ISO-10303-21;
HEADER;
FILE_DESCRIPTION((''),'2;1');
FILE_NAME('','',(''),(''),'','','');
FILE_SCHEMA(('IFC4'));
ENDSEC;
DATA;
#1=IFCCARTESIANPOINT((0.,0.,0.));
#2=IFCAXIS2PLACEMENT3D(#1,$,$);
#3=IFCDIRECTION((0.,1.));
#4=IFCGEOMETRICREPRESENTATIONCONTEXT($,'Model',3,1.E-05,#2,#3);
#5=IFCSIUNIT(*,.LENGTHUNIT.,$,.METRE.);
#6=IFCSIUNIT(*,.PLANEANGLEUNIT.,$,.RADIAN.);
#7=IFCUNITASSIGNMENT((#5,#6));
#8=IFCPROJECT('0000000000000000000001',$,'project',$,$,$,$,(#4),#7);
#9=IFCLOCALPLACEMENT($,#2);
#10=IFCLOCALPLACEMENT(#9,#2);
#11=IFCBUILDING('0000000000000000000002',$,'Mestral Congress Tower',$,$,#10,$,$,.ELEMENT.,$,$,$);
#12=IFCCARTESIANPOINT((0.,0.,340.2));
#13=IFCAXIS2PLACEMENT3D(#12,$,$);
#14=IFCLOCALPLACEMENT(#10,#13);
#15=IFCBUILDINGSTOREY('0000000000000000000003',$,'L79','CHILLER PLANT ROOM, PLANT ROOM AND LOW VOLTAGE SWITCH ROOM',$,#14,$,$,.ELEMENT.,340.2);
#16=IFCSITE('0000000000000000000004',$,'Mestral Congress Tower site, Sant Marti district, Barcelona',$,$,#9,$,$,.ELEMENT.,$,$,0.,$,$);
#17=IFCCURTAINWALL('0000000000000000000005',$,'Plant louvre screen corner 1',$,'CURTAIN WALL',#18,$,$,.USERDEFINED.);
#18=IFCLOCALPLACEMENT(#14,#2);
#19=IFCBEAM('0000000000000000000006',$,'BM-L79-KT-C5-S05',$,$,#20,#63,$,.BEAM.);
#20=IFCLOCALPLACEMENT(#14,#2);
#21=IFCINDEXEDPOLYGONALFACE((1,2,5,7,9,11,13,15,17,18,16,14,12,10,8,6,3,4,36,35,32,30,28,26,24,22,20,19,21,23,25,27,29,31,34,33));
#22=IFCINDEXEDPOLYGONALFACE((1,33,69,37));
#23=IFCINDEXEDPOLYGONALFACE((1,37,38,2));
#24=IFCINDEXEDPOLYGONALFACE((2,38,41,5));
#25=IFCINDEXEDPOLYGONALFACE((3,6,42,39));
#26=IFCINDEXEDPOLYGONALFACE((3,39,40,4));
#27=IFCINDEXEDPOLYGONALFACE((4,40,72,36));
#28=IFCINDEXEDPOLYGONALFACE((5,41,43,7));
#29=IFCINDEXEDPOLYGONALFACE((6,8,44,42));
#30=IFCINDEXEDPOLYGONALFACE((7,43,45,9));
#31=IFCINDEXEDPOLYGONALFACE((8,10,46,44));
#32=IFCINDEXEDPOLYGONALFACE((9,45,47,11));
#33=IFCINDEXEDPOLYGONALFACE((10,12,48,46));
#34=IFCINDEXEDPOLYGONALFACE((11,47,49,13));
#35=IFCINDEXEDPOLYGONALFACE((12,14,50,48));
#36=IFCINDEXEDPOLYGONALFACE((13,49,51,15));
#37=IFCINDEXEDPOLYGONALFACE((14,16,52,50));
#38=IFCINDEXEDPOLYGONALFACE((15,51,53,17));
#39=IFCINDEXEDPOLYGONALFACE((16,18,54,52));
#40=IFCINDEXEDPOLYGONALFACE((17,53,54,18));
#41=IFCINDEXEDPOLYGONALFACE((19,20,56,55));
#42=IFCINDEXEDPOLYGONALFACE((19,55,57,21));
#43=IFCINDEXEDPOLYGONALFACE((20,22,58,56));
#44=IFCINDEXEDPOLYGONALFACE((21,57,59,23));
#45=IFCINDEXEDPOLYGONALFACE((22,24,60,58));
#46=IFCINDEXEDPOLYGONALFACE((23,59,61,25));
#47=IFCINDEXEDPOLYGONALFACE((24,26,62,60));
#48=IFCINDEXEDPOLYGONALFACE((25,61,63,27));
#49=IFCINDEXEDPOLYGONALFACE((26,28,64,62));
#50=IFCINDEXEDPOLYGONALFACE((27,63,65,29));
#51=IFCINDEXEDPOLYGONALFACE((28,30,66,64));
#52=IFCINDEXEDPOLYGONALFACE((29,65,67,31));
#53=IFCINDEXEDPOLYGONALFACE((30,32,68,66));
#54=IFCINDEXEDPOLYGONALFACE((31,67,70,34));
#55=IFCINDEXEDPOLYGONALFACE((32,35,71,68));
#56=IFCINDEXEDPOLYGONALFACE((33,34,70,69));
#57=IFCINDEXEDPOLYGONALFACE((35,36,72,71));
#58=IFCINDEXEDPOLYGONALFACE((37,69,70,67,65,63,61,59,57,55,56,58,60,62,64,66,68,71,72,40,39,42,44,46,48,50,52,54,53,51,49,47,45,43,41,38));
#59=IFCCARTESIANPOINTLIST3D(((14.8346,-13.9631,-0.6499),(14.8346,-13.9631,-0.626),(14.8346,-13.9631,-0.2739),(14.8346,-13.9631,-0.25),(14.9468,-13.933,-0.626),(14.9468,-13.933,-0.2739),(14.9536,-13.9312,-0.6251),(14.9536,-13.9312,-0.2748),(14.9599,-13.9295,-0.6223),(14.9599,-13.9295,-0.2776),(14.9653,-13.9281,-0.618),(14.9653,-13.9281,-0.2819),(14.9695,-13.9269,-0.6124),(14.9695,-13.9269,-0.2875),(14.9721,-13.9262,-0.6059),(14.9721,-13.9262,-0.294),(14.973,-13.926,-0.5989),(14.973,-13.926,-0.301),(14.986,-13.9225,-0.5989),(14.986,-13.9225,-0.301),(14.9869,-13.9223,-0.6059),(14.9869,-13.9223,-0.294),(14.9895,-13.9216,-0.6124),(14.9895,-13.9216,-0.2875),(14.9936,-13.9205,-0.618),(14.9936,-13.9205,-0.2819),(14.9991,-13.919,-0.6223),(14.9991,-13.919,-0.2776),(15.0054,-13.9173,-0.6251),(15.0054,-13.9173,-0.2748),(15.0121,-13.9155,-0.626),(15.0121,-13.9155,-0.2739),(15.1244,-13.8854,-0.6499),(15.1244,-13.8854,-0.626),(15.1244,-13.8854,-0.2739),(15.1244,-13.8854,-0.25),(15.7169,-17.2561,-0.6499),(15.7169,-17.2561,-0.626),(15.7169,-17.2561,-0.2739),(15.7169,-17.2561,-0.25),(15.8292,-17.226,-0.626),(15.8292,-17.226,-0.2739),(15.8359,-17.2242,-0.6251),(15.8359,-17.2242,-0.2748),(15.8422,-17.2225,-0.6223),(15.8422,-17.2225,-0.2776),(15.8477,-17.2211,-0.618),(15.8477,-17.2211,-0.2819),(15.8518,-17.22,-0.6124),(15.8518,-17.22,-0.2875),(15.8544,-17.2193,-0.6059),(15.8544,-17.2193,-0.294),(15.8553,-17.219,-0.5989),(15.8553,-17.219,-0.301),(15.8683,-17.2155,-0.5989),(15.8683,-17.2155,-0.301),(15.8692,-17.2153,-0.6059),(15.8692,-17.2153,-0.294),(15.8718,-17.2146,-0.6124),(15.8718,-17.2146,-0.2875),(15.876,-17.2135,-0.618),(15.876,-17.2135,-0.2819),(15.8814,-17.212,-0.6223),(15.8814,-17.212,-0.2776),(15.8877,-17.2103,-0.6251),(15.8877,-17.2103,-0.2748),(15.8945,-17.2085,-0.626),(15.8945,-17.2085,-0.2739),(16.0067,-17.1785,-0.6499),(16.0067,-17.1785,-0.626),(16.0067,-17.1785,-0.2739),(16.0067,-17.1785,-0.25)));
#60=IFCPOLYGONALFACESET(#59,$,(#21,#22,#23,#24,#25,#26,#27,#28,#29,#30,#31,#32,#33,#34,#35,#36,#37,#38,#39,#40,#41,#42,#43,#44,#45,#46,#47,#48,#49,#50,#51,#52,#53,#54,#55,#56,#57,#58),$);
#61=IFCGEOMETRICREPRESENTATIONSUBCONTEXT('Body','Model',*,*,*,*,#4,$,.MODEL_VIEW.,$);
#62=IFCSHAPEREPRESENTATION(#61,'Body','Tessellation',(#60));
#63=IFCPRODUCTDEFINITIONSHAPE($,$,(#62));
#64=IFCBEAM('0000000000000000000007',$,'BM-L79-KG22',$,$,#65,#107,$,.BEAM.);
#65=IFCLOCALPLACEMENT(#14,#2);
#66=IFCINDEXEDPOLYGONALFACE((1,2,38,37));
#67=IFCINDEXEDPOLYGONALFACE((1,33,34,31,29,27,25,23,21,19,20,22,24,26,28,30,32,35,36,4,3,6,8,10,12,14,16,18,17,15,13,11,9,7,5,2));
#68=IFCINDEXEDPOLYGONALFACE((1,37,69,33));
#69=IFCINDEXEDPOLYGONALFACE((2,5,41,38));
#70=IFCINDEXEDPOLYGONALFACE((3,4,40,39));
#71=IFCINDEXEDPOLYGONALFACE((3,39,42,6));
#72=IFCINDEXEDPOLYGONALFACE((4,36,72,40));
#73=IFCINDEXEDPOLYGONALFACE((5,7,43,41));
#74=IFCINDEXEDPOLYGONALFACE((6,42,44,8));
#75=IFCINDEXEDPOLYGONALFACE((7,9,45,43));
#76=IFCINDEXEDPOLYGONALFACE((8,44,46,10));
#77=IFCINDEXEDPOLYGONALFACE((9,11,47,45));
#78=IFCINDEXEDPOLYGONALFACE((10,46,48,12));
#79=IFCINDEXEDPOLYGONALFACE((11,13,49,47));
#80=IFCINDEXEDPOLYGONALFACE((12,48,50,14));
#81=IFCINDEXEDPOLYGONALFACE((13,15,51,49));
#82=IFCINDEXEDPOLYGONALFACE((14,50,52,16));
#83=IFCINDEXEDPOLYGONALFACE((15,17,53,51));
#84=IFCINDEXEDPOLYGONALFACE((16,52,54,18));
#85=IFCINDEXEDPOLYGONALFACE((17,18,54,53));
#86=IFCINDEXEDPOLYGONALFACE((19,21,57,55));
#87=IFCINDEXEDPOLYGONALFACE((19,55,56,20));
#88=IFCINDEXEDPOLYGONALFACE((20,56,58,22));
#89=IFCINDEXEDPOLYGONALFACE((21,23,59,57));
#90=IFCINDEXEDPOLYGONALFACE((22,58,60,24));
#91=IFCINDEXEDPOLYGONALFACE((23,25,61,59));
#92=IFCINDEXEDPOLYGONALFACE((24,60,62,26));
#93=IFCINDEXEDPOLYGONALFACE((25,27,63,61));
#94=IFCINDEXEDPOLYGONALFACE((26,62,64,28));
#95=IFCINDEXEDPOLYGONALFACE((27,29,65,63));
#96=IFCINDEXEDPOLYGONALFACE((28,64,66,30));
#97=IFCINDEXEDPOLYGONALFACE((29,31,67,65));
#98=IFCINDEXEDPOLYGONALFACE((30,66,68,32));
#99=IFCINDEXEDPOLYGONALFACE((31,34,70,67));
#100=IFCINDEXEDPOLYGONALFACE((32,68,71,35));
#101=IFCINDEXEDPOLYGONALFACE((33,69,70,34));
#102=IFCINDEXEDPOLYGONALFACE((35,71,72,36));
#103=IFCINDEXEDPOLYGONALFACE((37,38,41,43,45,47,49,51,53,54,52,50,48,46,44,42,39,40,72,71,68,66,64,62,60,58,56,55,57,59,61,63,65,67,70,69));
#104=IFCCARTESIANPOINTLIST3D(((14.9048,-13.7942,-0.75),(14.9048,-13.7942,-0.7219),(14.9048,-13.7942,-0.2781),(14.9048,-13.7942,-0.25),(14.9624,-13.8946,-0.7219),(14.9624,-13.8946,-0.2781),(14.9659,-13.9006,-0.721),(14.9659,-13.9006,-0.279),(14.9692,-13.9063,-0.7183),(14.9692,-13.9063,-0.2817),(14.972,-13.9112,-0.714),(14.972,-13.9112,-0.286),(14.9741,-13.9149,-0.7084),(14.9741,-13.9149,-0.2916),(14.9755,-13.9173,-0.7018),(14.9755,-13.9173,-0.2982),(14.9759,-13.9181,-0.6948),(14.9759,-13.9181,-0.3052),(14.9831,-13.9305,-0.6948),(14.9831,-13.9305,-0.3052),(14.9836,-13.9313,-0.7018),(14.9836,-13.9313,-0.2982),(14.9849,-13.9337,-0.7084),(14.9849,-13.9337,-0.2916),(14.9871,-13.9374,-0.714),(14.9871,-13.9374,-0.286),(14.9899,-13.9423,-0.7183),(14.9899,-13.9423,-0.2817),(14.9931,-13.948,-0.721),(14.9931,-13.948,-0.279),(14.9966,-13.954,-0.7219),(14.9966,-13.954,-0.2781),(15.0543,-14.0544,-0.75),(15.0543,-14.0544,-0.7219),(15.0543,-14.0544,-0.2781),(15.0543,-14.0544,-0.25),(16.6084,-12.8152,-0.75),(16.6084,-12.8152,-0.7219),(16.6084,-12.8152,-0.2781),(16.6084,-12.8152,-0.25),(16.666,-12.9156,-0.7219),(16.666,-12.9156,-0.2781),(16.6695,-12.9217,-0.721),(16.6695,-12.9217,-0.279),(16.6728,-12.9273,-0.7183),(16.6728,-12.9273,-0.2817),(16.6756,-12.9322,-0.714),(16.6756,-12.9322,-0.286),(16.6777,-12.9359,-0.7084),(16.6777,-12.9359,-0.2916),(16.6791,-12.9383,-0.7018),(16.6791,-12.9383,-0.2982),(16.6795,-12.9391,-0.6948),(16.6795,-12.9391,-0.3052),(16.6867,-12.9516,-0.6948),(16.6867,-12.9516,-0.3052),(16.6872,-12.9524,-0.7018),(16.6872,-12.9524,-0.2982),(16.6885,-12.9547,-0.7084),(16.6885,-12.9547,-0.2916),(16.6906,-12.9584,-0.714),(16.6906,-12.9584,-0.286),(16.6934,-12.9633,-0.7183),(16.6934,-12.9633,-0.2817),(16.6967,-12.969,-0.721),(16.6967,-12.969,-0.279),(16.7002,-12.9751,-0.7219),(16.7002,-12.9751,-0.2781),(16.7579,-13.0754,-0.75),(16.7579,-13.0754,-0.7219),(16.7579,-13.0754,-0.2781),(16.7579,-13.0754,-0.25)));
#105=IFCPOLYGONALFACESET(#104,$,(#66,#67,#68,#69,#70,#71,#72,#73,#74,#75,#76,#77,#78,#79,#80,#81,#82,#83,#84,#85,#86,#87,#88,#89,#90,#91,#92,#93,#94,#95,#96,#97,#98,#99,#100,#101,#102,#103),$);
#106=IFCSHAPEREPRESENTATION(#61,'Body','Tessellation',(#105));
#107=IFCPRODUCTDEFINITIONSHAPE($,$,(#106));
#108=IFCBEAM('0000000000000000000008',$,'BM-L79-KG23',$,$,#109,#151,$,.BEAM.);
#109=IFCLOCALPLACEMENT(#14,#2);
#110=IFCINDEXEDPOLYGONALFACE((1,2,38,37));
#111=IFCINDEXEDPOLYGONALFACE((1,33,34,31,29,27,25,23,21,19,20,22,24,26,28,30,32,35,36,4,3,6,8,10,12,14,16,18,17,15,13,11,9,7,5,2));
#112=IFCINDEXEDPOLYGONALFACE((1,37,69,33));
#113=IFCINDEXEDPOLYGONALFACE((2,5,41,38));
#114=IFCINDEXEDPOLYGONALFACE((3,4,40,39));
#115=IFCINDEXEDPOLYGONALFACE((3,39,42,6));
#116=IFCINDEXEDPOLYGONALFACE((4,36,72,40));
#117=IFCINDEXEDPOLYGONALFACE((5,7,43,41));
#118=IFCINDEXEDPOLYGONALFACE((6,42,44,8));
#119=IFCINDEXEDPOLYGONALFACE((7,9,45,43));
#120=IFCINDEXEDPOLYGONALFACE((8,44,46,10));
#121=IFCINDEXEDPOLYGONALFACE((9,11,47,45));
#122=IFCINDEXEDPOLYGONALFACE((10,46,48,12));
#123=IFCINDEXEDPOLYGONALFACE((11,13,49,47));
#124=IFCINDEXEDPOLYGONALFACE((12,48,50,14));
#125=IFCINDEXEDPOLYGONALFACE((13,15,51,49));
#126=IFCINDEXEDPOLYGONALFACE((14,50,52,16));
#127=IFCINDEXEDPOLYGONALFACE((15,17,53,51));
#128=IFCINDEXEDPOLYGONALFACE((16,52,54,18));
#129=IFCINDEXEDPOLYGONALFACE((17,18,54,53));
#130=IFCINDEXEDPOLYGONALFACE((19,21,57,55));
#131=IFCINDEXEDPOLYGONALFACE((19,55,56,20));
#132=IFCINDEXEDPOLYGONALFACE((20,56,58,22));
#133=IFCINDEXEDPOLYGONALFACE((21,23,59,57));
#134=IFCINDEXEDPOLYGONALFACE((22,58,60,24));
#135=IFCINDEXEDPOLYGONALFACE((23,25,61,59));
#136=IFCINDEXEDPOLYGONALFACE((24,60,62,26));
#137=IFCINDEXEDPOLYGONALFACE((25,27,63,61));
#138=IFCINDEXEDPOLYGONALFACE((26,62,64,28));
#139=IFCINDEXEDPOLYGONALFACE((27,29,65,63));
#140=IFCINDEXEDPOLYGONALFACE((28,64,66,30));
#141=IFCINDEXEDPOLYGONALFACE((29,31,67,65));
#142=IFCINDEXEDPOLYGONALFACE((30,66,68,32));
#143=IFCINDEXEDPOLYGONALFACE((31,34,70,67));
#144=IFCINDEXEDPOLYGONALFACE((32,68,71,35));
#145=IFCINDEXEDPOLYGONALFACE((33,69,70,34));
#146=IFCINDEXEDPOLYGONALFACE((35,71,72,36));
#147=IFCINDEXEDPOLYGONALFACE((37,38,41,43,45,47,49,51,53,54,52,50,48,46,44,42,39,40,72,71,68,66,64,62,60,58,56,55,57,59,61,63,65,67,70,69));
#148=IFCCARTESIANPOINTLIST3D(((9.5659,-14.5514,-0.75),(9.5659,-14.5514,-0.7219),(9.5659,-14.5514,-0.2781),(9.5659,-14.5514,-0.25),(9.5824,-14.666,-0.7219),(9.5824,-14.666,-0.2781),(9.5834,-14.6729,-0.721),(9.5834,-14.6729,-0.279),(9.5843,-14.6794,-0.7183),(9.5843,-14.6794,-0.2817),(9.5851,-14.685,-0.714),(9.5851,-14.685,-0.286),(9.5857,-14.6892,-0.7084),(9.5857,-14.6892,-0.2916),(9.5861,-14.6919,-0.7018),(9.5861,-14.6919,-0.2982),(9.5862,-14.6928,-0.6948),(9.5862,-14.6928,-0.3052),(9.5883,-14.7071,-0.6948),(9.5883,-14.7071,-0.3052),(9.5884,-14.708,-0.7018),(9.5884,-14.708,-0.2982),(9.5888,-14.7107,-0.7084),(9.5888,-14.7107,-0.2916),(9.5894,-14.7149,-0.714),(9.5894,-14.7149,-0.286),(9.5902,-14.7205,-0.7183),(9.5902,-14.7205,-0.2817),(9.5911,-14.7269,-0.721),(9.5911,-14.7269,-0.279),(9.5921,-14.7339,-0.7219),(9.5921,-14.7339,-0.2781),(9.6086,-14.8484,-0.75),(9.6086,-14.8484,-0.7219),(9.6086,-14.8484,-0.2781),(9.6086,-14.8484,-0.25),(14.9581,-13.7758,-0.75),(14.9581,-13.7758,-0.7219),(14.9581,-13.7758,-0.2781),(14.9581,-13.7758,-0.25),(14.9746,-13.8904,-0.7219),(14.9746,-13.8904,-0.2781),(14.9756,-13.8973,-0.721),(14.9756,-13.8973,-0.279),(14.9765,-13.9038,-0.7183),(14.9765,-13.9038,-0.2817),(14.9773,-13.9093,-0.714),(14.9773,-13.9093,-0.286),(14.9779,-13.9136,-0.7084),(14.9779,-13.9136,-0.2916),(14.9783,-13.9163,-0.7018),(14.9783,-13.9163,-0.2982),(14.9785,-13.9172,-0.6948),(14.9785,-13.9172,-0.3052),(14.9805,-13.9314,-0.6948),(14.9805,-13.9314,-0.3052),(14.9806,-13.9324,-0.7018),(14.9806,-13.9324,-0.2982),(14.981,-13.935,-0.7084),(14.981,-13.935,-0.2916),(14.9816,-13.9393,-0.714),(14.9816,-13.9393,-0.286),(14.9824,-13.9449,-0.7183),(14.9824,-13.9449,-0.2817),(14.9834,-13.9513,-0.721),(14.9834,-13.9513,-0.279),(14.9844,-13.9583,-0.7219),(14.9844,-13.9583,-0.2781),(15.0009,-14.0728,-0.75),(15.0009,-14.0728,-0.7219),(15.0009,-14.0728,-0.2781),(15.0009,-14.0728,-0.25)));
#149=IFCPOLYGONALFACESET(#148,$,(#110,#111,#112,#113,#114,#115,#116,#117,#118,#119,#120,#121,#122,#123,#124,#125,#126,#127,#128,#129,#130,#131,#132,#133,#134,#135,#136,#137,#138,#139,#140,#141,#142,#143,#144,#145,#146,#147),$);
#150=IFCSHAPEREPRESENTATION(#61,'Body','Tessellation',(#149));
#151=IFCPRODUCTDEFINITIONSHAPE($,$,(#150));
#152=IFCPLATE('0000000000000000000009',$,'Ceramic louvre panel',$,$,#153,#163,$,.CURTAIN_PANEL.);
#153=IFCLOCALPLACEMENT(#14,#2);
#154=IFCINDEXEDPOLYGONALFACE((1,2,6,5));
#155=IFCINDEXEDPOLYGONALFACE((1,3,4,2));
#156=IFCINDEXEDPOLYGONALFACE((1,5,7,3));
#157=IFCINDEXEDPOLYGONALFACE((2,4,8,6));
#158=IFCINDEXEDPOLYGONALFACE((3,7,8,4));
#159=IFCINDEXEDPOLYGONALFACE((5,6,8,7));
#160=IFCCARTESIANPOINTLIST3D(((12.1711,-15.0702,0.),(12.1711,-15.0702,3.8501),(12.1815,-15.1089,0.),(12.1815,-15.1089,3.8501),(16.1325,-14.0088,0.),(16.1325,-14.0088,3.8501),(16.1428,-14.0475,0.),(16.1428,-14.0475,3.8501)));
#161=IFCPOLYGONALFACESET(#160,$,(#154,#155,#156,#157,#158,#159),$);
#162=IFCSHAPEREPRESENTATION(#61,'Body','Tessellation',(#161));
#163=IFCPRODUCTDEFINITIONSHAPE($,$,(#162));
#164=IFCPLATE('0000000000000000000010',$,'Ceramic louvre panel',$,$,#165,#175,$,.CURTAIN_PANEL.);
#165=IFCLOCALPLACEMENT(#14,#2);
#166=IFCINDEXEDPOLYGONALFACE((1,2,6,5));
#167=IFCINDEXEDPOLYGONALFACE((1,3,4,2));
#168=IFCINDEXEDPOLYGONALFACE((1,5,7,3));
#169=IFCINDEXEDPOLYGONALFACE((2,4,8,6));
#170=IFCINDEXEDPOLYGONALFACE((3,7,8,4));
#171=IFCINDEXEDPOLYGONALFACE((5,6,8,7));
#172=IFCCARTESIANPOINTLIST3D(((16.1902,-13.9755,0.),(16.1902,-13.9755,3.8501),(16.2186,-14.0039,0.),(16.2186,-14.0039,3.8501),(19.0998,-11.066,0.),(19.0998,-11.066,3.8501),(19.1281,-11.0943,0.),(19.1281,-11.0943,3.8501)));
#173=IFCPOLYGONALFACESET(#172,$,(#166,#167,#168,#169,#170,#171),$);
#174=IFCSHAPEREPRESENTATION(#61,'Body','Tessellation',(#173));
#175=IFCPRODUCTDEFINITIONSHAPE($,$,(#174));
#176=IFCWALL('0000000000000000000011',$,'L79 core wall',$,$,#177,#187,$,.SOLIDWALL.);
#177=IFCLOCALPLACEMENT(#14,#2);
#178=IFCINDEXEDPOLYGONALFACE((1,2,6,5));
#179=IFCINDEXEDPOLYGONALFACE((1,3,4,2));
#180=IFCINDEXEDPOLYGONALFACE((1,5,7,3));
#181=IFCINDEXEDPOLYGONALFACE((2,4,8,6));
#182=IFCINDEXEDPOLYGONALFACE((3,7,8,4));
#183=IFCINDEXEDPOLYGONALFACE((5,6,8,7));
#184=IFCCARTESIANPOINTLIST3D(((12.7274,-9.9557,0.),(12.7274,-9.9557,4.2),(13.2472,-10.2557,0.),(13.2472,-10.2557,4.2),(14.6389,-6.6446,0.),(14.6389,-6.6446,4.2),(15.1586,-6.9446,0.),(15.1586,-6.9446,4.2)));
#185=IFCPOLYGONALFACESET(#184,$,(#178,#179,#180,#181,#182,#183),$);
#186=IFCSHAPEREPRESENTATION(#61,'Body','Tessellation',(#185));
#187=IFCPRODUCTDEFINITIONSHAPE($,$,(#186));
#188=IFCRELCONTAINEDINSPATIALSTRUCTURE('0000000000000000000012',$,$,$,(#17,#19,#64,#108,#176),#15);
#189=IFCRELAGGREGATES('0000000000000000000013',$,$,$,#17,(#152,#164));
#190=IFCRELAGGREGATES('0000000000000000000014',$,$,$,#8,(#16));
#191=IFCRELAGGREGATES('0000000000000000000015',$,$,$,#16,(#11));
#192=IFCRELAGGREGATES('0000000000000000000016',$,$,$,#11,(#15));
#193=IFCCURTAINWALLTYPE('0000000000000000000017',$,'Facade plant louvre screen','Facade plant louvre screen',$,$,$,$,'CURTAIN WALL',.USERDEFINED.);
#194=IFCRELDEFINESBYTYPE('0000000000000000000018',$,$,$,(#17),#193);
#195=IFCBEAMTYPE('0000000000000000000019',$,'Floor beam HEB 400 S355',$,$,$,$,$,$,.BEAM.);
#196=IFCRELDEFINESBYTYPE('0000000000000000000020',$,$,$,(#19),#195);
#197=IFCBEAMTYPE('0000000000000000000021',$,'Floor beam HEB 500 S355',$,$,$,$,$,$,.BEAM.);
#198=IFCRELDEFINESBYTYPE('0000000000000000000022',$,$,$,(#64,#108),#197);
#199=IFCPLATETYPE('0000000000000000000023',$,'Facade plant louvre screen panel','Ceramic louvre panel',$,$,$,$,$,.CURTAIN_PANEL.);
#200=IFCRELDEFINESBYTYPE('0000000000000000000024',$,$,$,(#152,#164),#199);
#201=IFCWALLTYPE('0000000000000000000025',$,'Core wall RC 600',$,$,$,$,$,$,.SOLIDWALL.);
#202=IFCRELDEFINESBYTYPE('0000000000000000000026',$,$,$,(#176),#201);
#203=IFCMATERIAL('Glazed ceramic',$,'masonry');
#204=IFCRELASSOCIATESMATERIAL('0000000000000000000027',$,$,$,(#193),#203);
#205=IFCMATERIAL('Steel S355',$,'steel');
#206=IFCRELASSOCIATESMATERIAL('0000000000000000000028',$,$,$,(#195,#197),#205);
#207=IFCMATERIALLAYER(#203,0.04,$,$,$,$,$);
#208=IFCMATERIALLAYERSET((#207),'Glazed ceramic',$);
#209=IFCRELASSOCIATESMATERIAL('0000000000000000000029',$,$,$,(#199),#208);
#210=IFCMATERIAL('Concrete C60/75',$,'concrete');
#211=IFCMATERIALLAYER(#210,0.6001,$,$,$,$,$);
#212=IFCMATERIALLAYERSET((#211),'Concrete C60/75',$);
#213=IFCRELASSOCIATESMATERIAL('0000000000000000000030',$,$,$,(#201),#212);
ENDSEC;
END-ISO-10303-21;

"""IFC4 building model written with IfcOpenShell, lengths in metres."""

from ifc_helpers import new_model, si_unit, direction, frame, frame_2d, origin, origin_2d, place, context, subcontext, project, spatial, rectangle, i_section, extrude, material, layer, layer_set, material_profile, profile_set, type_object, element, aggregate, save


model = new_model("IFC4")

# Units and contexts
model_context = context("Model", 3, precision=1e-05, world=origin(), true_north=direction((0.0, 1.0)))
body_context = subcontext(model_context, "Body", "Model", "MODEL_VIEW")
ifc_project = project(units=[si_unit("LENGTHUNIT", "METRE"), si_unit("PLANEANGLEUNIT", "RADIAN")], contexts=[model_context])

# Site, building, storey
site_placement = place(None, origin())
site = spatial("IfcSite", under=ifc_project, at=site_placement, Name="Mestral Congress Tower site, Sant Marti district, Barcelona", CompositionType="ELEMENT", RefElevation=0.0)
building_placement = place(site_placement, origin())
building = spatial("IfcBuilding", under=site, at=building_placement, Name="Mestral Congress Tower", CompositionType="ELEMENT")
storey_placement = place(building_placement, frame((0.0, 0.0, 340.2)))
storey = spatial("IfcBuildingStorey", under=building, at=storey_placement, Name="L79", Description="CHILLER PLANT ROOM, PLANT ROOM AND LOW VOLTAGE SWITCH ROOM", CompositionType="ELEMENT", Elevation=340.2)

# Shared definitions
ifc_material_1 = material(Name="Steel S355", Category="steel")
ifc_material_2 = material(Name="Concrete C60/75", Category="concrete")

# Curtain wall
ifc_material_3 = material(Name="Glazed ceramic", Category="masonry")
curtain_wall_type = type_object("IfcCurtainWallType", Name="Facade plant louvre screen", Description="Facade plant louvre screen", ElementType="CURTAIN WALL", PredefinedType="USERDEFINED", material=ifc_material_3)
curtain_wall_placement = place(storey_placement, origin())
curtain_wall = element("IfcCurtainWall", 1, at=curtain_wall_placement, inside=storey, type_object=curtain_wall_type, Name="Plant louvre screen corner 1", ObjectType="CURTAIN WALL", PredefinedType="USERDEFINED")

# Beams
ifc_material_profile_1 = material_profile(ifc_material_1, i_section(OverallWidth=0.3, OverallDepth=0.3999, WebThickness=0.0134, FlangeThickness=0.0239, FilletRadius=0.0271, at=origin_2d()), Name="HEB 400")
ifc_profile_set_1 = profile_set([ifc_material_profile_1], Name="Steel S355")
beam_type_1 = type_object("IfcBeamType", Name="Floor beam HEB 400 S355", PredefinedType="BEAM", material=ifc_profile_set_1)
beam_1_placement = place(storey_placement, frame((15.8618, -17.2173, -0.45), z_axis=(-0.258812, 0.965928, 0.0), x_axis=(-0.965928, -0.258812, 0.0)))
element("IfcBeam", 2, at=beam_1_placement, inside=storey, type_object=beam_type_1, Name="BM-L79-KT-C5-S05", PredefinedType="BEAM", context=body_context, shape_type="SweptSolid", body=[
    extrude(i_section(OverallWidth=0.3, OverallDepth=0.3999, WebThickness=0.0134, FlangeThickness=0.0239, FilletRadius=0.0271, at=origin_2d()), origin(), (0.0, 0.0, 1.0), 3.4092),
])
ifc_material_profile_2 = material_profile(ifc_material_1, i_section(OverallWidth=0.3, OverallDepth=0.5, WebThickness=0.0144, FlangeThickness=0.0281, FilletRadius=0.0271, at=origin_2d()), Name="HEB 500")
ifc_profile_set_2 = profile_set([ifc_material_profile_2], Name="Steel S355")
beam_type_2 = type_object("IfcBeamType", Name="Floor beam HEB 500 S355", PredefinedType="BEAM", material=ifc_profile_set_2)
beam_2_placement = place(storey_placement, frame((16.6831, -12.9453, -0.5), z_axis=(-0.867032, -0.498252, 0.0), x_axis=(0.498252, -0.867032, 0.0)))
element("IfcBeam", 3, at=beam_2_placement, inside=storey, type_object=beam_type_2, Name="BM-L79-KG22", PredefinedType="BEAM", context=body_context, shape_type="SweptSolid", body=[
    extrude(i_section(OverallWidth=0.3, OverallDepth=0.5, WebThickness=0.0144, FlangeThickness=0.0281, FilletRadius=0.0271, at=origin_2d()), origin(), (0.0, 0.0, 1.0), 1.9648),
])
beam_3_placement = place(storey_placement, frame((14.9795, -13.9243, -0.5), z_axis=(-0.989813, -0.142375, 0.0), x_axis=(0.142375, -0.989813, 0.0)))
element("IfcBeam", 4, at=beam_3_placement, inside=storey, type_object=beam_type_2, Name="BM-L79-KG23", PredefinedType="BEAM", context=body_context, shape_type="SweptSolid", body=[
    extrude(i_section(OverallWidth=0.3, OverallDepth=0.5, WebThickness=0.0144, FlangeThickness=0.0281, FilletRadius=0.0271, at=origin_2d()), origin(), (0.0, 0.0, 1.0), 5.4478),
])

# Plates
ifc_layer_1 = layer(ifc_material_3, 0.04)
ifc_layer_set_1 = layer_set([ifc_layer_1], Name="Glazed ceramic")
plate_type = type_object("IfcPlateType", Name="Facade plant louvre screen panel", Description="Ceramic louvre panel", PredefinedType="CURTAIN_PANEL", material=ifc_layer_set_1)
plate_1_placement = place(storey_placement, frame((14.157, -14.5588, 0.0), z_axis=(0.0, 0.0, 1.0), x_axis=(0.965926, 0.258819, 0.0)))
plate_1 = element("IfcPlate", 5, at=plate_1_placement, type_object=plate_type, Name="Ceramic louvre panel", PredefinedType="CURTAIN_PANEL", context=body_context, shape_type="SweptSolid", body=[
    extrude(rectangle(XDim=4.1011, YDim=0.04, at=origin_2d()), origin(), (0.0, 0.0, 1.0), 3.8501),
])
plate_2_placement = place(storey_placement, frame((17.6592, -12.5349, 0.0), z_axis=(0.0, 0.0, 1.0), x_axis=(0.707107, 0.707107, 0.0)))
plate_2 = element("IfcPlate", 6, at=plate_2_placement, type_object=plate_type, Name="Ceramic louvre panel", PredefinedType="CURTAIN_PANEL", context=body_context, shape_type="SweptSolid", body=[
    extrude(rectangle(XDim=4.1147, YDim=0.04, at=origin_2d()), origin(), (0.0, 0.0, 1.0), 3.8501),
])
aggregate(curtain_wall, [plate_1, plate_2])

# Wall
ifc_layer_2 = layer(ifc_material_2, 0.6001)
ifc_layer_set_2 = layer_set([ifc_layer_2], Name="Concrete C60/75")
wall_type_1 = type_object("IfcWallType", Name="Core wall RC 600", PredefinedType="SOLIDWALL", material=ifc_layer_set_2)
wall_1_placement = place(storey_placement, frame((12.9873, -10.1057, 0.0), z_axis=(0.0, 0.0, 1.0), x_axis=(0.499951, 0.866054, 0.0)))
element("IfcWall", 7, at=wall_1_placement, inside=storey, type_object=wall_type_1, Name="L79 core wall", PredefinedType="SOLIDWALL", context=body_context, shape_type="SweptSolid", body=[
    extrude(rectangle(XDim=3.8232, YDim=0.6001, at=frame_2d((1.9116, 0.0))), origin(), (0.0, 0.0, 1.0), 4.2),
])

save(model, "model.ifc")
